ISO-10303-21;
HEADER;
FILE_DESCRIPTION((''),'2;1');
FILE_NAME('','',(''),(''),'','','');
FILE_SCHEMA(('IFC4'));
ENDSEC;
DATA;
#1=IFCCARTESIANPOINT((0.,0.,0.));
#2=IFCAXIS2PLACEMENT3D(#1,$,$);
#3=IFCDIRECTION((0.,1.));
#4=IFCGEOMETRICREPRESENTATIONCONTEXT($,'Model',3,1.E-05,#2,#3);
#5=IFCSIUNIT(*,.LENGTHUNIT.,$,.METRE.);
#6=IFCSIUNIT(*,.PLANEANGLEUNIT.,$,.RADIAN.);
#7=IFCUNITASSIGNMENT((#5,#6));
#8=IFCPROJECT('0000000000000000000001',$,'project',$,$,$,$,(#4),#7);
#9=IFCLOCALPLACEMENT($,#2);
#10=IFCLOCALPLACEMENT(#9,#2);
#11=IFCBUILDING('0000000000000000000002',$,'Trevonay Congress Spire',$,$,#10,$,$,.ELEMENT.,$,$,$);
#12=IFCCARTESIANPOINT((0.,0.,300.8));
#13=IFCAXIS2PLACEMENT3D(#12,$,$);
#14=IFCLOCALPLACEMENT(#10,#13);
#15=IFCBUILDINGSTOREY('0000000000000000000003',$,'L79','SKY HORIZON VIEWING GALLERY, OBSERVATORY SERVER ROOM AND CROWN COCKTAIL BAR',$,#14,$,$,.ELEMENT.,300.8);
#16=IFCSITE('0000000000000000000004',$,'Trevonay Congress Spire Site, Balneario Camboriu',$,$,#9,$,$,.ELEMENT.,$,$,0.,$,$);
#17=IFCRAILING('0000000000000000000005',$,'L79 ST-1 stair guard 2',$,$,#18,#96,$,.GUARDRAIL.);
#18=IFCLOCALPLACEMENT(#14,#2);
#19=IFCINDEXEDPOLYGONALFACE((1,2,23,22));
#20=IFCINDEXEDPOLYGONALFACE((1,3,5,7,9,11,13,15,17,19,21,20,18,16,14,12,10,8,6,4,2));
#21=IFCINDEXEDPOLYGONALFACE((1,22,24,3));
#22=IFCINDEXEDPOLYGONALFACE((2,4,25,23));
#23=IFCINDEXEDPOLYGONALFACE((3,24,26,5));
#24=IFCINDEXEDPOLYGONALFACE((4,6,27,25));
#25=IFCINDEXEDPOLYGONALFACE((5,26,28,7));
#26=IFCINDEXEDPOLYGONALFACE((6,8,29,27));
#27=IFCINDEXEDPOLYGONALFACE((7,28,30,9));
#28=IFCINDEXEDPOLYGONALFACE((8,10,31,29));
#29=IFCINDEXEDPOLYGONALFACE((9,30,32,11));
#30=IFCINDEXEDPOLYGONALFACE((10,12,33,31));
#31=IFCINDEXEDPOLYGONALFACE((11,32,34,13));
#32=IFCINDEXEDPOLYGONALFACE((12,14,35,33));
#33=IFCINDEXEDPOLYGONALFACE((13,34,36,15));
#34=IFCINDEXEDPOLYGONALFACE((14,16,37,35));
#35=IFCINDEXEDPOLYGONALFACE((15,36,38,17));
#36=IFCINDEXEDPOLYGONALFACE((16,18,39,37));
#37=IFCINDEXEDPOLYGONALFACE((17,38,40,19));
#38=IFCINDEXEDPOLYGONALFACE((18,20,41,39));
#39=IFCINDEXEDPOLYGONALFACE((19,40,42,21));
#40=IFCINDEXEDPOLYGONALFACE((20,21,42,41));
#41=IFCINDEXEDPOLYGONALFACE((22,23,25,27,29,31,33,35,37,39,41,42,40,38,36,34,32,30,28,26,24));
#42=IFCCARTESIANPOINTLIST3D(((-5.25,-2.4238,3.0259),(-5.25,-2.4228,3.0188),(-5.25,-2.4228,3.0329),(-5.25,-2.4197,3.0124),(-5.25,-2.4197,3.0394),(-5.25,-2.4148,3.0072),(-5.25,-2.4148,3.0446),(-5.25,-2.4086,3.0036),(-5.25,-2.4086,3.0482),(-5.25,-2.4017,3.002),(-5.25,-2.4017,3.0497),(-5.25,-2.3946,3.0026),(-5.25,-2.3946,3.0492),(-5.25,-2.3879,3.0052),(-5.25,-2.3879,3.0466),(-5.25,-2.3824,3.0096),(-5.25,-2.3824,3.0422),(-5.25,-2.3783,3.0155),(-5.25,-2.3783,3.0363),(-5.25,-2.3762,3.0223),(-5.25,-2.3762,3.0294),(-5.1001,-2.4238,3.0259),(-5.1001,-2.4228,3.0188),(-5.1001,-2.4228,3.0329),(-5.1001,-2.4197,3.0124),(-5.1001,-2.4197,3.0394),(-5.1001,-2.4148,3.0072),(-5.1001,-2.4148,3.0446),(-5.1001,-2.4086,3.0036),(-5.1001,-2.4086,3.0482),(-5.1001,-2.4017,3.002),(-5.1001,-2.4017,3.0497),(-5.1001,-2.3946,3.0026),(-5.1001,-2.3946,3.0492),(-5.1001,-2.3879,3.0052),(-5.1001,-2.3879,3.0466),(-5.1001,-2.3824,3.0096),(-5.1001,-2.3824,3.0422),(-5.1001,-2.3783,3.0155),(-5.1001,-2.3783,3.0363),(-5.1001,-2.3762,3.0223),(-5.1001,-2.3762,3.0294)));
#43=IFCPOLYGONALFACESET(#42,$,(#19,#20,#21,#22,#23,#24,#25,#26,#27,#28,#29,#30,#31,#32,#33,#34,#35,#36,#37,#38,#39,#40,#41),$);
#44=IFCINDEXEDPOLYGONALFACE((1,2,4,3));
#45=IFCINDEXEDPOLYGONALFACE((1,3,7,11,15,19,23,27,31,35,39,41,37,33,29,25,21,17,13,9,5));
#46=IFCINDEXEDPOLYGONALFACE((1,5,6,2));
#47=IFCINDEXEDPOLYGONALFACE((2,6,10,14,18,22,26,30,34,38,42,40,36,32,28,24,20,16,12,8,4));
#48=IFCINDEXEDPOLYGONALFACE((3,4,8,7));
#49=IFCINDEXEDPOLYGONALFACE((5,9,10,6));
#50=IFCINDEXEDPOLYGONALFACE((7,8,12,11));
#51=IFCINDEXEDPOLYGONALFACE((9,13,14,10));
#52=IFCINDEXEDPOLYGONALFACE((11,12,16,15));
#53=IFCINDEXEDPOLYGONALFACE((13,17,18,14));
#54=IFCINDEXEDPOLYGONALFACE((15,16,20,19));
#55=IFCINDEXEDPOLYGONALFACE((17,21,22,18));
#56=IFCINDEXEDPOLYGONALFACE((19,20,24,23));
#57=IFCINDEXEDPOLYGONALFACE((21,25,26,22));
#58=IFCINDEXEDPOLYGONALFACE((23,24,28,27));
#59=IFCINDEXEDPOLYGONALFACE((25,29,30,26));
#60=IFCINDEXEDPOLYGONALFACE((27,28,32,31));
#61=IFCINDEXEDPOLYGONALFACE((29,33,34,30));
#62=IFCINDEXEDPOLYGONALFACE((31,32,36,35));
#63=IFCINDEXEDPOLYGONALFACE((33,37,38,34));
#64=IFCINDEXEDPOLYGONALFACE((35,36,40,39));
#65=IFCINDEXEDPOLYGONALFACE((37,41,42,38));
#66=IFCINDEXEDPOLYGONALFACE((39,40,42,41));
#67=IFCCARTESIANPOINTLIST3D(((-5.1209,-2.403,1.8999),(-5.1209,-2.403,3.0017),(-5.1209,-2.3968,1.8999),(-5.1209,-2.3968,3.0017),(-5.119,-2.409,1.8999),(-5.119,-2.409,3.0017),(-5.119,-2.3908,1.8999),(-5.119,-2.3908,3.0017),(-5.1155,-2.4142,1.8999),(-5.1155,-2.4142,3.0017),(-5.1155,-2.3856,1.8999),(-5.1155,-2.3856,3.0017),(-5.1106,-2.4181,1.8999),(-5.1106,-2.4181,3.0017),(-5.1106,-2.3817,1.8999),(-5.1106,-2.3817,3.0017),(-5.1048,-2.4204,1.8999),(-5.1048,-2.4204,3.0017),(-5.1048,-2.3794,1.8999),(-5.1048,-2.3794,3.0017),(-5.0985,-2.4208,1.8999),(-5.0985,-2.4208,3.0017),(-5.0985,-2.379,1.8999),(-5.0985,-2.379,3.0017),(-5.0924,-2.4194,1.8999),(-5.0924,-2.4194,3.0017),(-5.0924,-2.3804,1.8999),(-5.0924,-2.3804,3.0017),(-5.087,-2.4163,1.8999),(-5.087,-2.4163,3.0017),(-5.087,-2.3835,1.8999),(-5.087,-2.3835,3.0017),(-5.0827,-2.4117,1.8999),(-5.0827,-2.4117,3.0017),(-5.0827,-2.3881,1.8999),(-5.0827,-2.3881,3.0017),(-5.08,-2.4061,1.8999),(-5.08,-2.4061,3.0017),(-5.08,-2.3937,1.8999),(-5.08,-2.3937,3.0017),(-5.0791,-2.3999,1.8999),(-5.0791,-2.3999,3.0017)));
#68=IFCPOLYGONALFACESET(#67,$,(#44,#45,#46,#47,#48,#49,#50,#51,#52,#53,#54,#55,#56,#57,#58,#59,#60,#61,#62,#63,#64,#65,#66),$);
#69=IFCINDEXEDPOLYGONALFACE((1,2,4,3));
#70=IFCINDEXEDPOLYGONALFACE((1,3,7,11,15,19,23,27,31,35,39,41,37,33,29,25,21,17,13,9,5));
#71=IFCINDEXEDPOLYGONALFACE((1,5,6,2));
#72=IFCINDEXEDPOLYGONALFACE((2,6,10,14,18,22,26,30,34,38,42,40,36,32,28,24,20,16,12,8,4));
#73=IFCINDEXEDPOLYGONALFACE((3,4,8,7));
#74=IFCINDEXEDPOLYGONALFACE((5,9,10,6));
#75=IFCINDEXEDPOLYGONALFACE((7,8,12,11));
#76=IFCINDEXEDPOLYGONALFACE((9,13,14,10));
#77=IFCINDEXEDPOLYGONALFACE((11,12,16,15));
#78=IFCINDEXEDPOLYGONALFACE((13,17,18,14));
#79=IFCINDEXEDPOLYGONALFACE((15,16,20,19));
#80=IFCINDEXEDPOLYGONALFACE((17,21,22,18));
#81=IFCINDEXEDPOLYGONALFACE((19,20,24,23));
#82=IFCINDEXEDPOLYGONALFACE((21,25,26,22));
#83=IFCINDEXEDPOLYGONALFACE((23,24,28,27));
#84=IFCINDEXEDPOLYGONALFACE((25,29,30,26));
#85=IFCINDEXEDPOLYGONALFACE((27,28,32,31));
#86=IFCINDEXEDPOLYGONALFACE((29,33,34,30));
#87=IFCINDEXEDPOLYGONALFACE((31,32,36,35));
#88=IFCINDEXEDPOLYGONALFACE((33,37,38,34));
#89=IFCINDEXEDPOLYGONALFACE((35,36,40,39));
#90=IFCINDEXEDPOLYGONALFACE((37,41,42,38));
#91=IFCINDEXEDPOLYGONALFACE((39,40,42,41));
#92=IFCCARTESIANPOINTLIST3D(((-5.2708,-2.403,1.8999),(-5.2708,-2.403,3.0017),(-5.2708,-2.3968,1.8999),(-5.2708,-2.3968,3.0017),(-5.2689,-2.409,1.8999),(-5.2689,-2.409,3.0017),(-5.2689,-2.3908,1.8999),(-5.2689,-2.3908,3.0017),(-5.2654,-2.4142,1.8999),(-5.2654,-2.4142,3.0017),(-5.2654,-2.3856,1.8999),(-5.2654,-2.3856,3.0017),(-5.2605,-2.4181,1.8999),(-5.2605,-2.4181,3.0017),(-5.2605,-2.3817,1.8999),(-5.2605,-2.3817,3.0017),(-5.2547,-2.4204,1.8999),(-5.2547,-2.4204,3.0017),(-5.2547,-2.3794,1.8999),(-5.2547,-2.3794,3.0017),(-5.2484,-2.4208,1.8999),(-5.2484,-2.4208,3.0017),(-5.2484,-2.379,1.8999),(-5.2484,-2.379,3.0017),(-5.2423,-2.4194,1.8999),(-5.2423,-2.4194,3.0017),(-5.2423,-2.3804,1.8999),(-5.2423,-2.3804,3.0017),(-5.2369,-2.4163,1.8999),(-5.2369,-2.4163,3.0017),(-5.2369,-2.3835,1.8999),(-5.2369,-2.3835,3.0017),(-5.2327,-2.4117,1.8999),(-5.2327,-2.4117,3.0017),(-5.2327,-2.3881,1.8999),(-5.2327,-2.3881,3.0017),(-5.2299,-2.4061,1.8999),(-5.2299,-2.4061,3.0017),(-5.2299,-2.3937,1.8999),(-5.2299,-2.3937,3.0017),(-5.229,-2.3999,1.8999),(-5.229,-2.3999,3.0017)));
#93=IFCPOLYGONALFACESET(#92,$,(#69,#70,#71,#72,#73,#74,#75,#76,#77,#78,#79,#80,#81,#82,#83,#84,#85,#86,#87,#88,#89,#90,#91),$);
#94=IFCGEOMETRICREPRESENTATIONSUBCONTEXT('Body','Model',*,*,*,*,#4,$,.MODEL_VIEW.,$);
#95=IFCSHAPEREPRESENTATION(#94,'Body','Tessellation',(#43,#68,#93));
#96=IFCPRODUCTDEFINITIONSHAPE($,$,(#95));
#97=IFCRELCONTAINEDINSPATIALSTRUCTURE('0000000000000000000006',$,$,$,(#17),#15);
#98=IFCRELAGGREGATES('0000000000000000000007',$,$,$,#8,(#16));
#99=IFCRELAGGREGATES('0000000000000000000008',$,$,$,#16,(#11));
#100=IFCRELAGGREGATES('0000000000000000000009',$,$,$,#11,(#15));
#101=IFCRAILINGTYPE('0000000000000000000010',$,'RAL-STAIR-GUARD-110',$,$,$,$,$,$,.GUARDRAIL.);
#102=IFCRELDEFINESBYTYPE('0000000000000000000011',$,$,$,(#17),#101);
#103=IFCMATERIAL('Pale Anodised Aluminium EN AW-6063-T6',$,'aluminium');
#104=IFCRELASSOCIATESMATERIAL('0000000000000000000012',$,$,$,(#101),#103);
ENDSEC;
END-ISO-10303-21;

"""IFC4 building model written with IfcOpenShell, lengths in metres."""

from ifc_helpers import new_model, si_unit, direction, frame, origin, origin_2d, place, context, subcontext, project, spatial, circle, extrude, material, type_object, element, save


model = new_model("IFC4")

# Units and contexts
model_context = context("Model", 3, precision=1e-05, world=origin(), true_north=direction((0.0, 1.0)))
body_context = subcontext(model_context, "Body", "Model", "MODEL_VIEW")
ifc_project = project(units=[si_unit("LENGTHUNIT", "METRE"), si_unit("PLANEANGLEUNIT", "RADIAN")], contexts=[model_context])

# Site, building, storey
site_placement = place(None, origin())
site = spatial("IfcSite", under=ifc_project, at=site_placement, Name="Trevonay Congress Spire Site, Balneario Camboriu", CompositionType="ELEMENT", RefElevation=0.0)
building_placement = place(site_placement, origin())
building = spatial("IfcBuilding", under=site, at=building_placement, Name="Trevonay Congress Spire", CompositionType="ELEMENT")
storey_placement = place(building_placement, frame((0.0, 0.0, 300.8)))
storey = spatial("IfcBuildingStorey", under=building, at=storey_placement, Name="L79", Description="SKY HORIZON VIEWING GALLERY, OBSERVATORY SERVER ROOM AND CROWN COCKTAIL BAR", CompositionType="ELEMENT", Elevation=300.8)

# Railing
ifc_material_1 = material(Name="Pale Anodised Aluminium EN AW-6063-T6", Category="aluminium")
railing_type_1 = type_object("IfcRailingType", Name="RAL-STAIR-GUARD-110", PredefinedType="GUARDRAIL", material=ifc_material_1)
railing_1_placement = place(storey_placement, frame((-5.1001, -2.3999, 1.8999)))
element("IfcRailing", 1, at=railing_1_placement, inside=storey, type_object=railing_type_1, Name="L79 ST-1 stair guard 2", PredefinedType="GUARDRAIL", context=body_context, shape_type="SweptSolid", body=[
    extrude(circle(Radius=0.0239, at=origin_2d()), frame((0.0, 0.0, 1.126), z_axis=(-1.0, 0.0, 0.0), x_axis=(0.0, -1.0, 0.0)), (0.0, 0.0, 1.0), 0.1499),
    extrude(circle(Radius=0.021, at=origin_2d()), origin(), (0.0, 0.0, 1.0), 1.1018),
    extrude(circle(Radius=0.021, at=origin_2d()), frame((-0.1499, 0.0, 0.0)), (0.0, 0.0, 1.0), 1.1018),
])

save(model, "model.ifc")
